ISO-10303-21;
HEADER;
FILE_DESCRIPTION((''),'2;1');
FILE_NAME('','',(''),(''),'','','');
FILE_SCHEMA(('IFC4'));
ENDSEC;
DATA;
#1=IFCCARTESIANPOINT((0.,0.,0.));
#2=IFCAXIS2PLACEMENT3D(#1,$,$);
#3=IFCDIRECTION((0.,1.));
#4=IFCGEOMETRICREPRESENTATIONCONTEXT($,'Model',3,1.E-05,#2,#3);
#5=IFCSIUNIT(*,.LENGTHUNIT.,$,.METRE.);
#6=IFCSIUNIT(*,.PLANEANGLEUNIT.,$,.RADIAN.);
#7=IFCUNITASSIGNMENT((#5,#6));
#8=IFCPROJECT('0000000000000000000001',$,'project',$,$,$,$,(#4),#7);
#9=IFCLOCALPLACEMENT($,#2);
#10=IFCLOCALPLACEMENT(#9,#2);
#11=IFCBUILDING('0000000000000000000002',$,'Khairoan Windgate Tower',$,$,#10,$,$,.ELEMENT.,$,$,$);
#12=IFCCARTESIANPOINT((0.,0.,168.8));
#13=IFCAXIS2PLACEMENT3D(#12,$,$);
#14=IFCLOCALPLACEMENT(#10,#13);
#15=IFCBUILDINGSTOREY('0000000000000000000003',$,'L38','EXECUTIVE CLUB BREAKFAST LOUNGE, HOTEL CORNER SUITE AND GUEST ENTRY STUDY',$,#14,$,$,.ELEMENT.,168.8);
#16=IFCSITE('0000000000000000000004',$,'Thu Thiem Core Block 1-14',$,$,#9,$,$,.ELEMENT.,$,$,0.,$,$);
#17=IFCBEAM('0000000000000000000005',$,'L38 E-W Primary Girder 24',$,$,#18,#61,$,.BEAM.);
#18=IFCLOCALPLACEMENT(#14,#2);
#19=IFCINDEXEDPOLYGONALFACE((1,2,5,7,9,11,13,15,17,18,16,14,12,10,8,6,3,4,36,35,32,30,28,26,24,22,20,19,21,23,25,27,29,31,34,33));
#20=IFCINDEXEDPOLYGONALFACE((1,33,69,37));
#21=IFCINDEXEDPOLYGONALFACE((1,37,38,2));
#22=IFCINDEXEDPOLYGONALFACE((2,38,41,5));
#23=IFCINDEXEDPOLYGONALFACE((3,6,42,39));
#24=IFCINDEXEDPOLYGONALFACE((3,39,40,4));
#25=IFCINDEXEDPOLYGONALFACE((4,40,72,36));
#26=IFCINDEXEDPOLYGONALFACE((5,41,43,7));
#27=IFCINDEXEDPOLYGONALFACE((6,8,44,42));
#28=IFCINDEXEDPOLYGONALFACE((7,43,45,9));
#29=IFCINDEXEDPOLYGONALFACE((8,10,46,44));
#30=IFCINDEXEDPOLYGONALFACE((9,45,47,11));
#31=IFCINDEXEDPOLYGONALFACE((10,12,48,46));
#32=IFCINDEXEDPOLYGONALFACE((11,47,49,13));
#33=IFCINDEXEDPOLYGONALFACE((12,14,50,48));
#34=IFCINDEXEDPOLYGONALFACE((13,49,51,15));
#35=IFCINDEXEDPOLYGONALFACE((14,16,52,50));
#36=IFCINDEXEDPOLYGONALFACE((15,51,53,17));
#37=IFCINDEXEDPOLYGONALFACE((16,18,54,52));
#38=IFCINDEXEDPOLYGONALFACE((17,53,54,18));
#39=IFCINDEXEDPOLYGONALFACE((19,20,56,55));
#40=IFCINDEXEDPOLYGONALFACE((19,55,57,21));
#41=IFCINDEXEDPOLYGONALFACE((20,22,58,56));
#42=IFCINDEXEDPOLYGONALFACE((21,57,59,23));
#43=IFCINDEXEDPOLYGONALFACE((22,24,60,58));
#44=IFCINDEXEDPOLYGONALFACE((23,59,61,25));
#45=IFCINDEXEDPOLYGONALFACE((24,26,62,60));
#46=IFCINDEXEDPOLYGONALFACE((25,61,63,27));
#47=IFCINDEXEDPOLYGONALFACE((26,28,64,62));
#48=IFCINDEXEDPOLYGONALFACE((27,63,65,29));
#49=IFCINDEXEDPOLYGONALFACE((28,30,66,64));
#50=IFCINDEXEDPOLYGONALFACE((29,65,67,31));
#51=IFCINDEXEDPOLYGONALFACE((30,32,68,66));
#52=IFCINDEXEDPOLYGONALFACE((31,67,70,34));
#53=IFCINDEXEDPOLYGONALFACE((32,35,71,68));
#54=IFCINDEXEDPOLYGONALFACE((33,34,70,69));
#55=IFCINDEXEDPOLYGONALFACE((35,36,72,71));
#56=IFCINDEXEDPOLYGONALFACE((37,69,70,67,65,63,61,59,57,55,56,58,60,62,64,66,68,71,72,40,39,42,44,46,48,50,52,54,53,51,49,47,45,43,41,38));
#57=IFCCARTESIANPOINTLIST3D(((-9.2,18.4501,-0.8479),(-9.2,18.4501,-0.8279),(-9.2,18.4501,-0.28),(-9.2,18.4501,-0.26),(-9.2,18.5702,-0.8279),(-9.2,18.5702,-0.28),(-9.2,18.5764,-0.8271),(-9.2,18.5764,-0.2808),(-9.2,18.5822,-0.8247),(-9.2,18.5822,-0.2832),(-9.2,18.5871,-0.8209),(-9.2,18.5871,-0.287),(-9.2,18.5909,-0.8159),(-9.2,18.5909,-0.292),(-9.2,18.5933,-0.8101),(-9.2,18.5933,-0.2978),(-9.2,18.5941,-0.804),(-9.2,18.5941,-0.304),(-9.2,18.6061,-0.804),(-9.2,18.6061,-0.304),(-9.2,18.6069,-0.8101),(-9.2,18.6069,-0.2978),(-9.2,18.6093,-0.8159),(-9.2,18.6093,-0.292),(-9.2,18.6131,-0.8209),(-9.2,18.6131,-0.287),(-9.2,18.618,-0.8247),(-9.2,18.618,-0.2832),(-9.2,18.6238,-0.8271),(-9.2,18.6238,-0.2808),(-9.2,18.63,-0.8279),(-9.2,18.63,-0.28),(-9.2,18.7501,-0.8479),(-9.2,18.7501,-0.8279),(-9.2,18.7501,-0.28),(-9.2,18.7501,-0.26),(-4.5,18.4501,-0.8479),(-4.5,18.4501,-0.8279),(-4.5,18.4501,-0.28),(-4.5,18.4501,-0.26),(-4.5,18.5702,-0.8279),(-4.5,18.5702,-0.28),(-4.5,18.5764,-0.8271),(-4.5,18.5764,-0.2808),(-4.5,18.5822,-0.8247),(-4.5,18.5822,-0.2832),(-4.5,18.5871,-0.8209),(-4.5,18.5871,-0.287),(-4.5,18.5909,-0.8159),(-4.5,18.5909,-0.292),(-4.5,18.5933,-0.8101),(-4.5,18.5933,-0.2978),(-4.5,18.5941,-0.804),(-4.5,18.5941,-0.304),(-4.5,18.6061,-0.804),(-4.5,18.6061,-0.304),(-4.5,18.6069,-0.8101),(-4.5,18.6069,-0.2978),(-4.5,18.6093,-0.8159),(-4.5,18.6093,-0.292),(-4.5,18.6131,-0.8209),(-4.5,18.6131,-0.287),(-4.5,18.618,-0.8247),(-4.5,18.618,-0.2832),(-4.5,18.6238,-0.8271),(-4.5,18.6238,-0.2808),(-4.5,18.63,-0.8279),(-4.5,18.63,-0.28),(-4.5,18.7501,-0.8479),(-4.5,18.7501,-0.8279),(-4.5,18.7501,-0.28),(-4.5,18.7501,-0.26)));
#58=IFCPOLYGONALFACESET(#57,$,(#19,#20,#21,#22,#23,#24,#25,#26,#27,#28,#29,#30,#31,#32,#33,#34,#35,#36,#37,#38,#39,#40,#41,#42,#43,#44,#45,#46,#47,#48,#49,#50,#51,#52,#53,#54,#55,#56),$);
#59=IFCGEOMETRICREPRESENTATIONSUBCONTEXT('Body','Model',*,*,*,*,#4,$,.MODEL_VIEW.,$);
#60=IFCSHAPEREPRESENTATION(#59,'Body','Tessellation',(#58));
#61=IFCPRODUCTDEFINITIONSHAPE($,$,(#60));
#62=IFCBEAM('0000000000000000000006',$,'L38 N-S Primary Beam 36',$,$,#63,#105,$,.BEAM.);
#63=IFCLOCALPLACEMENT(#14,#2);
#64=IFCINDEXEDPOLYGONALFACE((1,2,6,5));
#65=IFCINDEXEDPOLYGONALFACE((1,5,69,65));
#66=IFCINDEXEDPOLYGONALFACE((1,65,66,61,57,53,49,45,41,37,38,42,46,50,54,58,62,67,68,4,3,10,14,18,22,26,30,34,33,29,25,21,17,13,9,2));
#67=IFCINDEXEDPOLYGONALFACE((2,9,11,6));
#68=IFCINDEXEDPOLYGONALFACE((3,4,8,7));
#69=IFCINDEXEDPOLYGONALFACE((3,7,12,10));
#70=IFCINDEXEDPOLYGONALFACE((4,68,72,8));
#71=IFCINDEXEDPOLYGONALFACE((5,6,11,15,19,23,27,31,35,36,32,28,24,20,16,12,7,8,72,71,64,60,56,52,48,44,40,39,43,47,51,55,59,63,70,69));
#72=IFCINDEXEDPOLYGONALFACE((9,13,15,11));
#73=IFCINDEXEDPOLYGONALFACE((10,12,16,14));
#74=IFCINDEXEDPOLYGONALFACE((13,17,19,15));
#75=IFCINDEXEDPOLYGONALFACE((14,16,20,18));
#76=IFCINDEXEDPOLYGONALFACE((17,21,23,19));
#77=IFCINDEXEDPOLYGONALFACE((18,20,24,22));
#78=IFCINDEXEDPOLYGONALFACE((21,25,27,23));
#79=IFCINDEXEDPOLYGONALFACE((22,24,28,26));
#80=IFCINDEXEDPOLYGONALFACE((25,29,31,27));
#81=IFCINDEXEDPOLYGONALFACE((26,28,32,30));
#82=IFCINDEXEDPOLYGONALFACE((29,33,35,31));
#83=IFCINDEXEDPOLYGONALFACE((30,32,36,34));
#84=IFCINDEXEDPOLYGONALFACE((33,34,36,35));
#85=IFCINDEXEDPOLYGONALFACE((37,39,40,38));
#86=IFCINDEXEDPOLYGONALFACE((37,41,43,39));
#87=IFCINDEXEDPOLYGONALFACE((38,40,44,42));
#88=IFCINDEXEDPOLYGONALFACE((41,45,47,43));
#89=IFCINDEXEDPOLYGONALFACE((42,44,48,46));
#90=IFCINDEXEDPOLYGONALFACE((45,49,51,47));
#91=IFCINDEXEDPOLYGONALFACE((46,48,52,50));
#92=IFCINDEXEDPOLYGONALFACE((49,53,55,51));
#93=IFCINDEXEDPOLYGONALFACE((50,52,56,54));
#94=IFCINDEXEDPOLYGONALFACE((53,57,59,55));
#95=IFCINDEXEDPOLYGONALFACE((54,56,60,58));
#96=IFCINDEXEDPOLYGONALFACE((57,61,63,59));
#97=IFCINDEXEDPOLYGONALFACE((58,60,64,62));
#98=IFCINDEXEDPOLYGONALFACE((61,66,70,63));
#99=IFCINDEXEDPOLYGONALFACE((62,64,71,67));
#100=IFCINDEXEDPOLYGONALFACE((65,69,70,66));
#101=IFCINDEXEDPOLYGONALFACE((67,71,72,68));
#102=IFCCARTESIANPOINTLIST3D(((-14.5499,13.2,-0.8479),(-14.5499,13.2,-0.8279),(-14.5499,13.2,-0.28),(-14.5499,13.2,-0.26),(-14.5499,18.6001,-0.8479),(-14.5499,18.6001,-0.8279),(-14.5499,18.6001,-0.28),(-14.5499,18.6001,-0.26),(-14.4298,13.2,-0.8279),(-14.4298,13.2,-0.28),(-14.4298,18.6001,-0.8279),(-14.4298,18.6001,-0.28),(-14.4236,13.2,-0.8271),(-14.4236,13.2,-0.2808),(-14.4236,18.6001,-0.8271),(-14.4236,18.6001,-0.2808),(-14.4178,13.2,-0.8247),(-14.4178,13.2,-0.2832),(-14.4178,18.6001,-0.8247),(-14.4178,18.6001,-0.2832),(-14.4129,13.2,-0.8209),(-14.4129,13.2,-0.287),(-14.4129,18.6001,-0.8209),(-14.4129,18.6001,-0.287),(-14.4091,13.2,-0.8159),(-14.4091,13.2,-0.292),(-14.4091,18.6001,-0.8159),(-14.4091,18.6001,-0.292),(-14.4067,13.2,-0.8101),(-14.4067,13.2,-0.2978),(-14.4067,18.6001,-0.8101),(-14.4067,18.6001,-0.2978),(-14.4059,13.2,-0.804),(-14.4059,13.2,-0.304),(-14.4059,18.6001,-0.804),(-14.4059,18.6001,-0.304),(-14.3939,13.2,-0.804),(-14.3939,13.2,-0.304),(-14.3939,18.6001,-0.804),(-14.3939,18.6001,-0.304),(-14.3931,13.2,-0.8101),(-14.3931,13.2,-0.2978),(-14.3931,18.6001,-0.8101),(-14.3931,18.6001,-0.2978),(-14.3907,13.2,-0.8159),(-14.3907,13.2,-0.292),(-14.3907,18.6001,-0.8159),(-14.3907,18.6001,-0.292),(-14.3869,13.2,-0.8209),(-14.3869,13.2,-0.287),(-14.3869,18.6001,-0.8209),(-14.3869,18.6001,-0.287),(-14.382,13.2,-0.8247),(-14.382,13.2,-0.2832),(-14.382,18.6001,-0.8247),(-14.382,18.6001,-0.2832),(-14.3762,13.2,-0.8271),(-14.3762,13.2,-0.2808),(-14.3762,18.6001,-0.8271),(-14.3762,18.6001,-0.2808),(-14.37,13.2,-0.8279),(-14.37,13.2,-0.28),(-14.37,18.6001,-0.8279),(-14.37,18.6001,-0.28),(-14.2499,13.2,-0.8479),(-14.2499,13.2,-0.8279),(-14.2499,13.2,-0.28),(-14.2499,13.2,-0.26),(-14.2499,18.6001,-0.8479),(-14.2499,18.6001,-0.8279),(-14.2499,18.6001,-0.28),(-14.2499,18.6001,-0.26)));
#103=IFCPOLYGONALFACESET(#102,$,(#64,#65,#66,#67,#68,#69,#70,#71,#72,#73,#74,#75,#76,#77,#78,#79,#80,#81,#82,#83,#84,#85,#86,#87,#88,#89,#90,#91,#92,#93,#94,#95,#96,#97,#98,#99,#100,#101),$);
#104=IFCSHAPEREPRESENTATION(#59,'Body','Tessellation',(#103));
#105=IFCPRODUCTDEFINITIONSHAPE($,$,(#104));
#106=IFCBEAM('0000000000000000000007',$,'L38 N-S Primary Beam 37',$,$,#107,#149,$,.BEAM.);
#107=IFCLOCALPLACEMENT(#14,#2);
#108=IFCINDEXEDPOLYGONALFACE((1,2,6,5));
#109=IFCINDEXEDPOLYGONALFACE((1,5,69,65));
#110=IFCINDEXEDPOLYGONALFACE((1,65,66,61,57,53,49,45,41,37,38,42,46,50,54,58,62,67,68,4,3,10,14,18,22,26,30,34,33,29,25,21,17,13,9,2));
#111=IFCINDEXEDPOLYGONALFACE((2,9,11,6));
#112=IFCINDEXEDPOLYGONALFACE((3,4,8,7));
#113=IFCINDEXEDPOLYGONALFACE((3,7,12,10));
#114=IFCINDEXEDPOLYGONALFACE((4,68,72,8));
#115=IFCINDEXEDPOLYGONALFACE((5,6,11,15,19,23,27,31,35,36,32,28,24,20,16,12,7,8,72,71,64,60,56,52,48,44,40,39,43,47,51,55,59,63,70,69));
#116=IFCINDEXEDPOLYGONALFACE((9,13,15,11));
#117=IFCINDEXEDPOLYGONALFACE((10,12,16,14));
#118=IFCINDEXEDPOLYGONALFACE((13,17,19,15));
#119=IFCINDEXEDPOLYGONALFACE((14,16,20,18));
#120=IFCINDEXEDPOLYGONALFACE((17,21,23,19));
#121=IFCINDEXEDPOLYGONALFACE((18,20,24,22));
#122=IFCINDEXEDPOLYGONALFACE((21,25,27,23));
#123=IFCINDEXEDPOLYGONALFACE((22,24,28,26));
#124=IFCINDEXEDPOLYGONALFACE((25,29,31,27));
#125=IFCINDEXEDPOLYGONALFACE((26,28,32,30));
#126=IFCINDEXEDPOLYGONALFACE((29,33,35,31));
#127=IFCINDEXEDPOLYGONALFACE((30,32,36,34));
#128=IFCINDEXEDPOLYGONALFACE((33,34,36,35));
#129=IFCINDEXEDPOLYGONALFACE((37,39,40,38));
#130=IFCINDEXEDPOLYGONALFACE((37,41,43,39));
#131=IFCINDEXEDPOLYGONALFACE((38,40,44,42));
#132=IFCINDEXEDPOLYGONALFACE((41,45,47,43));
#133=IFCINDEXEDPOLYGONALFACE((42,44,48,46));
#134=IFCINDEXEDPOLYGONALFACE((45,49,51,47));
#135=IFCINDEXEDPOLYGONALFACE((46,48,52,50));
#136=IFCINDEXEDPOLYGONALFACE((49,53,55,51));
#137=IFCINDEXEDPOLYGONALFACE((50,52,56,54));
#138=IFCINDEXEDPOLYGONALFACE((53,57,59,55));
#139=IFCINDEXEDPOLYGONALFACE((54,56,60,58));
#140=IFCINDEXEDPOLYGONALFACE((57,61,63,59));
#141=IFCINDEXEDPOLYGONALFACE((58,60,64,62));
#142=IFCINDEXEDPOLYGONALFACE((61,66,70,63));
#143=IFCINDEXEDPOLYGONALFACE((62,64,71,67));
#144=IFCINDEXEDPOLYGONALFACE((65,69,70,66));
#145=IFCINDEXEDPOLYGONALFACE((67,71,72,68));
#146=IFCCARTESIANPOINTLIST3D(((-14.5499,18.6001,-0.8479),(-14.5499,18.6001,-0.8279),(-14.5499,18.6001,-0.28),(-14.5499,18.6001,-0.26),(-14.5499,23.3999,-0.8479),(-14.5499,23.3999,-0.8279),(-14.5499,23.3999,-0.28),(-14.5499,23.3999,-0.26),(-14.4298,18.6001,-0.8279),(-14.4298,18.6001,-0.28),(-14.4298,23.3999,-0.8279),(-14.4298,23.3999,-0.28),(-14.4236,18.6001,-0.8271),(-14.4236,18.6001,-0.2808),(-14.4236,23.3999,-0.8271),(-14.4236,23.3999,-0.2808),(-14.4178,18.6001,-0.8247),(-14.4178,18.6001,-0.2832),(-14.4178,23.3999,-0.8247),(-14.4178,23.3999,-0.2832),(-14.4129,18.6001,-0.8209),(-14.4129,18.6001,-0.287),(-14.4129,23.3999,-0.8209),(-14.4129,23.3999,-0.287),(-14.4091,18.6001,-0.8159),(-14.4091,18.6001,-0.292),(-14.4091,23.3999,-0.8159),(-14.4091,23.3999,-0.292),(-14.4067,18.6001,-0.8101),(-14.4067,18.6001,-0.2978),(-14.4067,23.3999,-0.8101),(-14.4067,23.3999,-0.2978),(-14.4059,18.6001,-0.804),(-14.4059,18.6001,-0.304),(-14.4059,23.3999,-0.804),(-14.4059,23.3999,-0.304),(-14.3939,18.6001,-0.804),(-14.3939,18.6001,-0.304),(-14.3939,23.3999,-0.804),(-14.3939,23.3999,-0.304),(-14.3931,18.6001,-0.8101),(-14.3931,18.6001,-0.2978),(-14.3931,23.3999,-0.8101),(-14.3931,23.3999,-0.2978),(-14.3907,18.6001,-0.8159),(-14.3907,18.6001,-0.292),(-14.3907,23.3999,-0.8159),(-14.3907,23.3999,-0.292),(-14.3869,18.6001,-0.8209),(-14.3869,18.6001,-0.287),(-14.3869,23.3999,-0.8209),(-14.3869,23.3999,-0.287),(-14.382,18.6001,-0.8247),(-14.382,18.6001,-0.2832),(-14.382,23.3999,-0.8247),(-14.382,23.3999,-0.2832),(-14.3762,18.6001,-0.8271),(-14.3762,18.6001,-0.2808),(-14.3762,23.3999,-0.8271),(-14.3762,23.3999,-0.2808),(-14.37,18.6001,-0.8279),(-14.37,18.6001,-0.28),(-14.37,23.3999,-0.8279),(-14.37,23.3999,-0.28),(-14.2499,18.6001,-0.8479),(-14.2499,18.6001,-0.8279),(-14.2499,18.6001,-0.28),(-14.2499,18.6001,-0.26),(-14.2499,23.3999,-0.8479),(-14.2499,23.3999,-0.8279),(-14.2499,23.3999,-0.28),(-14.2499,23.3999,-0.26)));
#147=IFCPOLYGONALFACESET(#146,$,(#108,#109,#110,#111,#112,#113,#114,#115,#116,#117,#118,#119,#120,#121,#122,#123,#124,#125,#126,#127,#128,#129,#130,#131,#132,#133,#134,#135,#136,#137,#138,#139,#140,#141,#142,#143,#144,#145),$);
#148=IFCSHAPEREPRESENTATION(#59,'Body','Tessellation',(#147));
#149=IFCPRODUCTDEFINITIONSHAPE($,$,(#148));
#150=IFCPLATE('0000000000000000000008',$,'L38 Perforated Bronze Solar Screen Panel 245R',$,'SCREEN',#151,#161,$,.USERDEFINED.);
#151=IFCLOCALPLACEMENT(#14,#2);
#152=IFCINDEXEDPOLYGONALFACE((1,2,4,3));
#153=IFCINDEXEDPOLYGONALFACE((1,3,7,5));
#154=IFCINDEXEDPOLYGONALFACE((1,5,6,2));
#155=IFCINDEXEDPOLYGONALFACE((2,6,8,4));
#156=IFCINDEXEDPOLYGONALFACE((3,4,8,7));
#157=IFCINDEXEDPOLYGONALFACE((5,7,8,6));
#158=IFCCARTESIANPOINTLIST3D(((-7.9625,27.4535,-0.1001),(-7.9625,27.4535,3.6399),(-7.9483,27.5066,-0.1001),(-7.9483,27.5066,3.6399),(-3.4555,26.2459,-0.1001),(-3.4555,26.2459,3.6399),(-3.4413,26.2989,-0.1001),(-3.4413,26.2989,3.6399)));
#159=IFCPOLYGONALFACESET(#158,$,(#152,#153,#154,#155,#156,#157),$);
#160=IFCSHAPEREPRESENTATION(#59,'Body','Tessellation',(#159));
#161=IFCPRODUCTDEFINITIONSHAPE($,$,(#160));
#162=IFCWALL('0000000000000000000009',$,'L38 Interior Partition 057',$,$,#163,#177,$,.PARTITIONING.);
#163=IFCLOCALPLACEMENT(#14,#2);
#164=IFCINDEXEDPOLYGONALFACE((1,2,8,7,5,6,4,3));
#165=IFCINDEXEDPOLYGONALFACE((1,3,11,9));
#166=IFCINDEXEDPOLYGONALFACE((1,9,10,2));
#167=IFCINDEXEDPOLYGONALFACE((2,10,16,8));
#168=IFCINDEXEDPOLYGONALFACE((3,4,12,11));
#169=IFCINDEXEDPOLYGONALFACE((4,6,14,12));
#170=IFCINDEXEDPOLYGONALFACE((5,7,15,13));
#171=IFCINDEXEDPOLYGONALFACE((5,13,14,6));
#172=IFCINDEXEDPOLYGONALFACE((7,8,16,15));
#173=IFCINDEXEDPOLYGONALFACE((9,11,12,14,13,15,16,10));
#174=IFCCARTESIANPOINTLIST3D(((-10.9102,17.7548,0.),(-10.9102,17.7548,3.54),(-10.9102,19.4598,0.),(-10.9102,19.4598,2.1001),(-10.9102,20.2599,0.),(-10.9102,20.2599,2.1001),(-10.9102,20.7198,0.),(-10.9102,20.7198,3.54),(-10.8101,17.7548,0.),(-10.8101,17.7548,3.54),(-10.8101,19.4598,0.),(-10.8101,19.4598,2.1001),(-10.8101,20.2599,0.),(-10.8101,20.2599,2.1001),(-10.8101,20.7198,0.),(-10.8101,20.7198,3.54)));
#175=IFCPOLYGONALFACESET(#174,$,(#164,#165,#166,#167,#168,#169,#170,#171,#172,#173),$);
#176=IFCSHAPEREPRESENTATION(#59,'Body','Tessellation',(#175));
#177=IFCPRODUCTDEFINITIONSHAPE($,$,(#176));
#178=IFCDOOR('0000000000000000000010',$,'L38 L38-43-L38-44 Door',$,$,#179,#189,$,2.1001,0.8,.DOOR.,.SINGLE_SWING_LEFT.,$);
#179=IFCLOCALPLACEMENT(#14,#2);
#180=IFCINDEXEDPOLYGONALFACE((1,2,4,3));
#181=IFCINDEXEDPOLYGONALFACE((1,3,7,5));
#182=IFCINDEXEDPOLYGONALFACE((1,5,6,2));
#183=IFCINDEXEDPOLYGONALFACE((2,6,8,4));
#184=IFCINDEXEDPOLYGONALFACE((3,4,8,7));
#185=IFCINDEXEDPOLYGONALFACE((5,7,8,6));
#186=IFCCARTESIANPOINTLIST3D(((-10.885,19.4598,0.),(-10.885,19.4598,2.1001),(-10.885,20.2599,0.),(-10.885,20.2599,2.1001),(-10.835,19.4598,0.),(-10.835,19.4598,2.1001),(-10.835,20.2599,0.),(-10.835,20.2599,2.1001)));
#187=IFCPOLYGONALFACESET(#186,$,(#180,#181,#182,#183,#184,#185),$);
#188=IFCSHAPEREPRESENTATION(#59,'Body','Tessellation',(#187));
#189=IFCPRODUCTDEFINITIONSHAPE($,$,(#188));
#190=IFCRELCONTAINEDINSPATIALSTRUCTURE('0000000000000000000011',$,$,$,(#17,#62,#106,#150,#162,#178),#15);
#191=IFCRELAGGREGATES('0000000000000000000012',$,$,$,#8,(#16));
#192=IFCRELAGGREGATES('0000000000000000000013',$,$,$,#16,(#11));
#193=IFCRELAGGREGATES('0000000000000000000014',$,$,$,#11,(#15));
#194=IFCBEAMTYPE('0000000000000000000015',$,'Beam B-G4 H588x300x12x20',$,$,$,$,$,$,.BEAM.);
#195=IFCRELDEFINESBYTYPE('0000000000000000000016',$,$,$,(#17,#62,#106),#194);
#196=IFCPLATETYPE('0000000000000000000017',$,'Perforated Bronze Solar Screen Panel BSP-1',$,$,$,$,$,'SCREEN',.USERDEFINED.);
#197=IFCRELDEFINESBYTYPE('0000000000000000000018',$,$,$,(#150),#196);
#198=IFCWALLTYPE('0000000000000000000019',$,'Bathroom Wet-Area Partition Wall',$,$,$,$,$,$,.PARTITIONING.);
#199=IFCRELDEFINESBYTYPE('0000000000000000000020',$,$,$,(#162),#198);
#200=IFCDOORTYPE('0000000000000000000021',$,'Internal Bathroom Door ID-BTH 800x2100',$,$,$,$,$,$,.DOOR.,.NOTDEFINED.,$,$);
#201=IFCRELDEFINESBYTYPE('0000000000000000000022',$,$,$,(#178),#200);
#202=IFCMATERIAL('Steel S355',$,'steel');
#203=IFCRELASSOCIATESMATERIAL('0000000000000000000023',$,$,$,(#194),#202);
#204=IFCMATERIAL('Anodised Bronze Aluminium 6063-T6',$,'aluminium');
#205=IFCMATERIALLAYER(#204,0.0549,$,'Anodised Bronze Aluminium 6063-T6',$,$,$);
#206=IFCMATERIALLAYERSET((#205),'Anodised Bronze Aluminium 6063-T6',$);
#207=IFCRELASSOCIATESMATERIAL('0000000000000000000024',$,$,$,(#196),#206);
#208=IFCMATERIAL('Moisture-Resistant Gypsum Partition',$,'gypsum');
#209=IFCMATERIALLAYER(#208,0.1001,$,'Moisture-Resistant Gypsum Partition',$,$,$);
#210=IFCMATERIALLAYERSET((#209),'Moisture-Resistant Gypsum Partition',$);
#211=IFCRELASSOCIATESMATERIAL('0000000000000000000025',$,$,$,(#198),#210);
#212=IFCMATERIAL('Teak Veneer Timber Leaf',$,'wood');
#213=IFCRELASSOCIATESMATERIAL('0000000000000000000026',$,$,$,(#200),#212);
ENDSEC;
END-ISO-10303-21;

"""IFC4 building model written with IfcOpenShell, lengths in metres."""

from ifc_helpers import new_model, si_unit, direction, frame, frame_2d, origin, origin_2d, place, context, subcontext, project, spatial, rectangle, i_section, extrude, material, layer, layer_set, material_profile, profile_set, type_object, element, fill, save


model = new_model("IFC4")

# Units and contexts
model_context = context("Model", 3, precision=1e-05, world=origin(), true_north=direction((0.0, 1.0)))
body_context = subcontext(model_context, "Body", "Model", "MODEL_VIEW")
ifc_project = project(units=[si_unit("LENGTHUNIT", "METRE"), si_unit("PLANEANGLEUNIT", "RADIAN")], contexts=[model_context])

# Site, building, storey
site_placement = place(None, origin())
site = spatial("IfcSite", under=ifc_project, at=site_placement, Name="Thu Thiem Core Block 1-14", CompositionType="ELEMENT", RefElevation=0.0)
building_placement = place(site_placement, origin())
building = spatial("IfcBuilding", under=site, at=building_placement, Name="Khairoan Windgate Tower", CompositionType="ELEMENT")
storey_placement = place(building_placement, frame((0.0, 0.0, 168.8)))
storey = spatial("IfcBuildingStorey", under=building, at=storey_placement, Name="L38", Description="EXECUTIVE CLUB BREAKFAST LOUNGE, HOTEL CORNER SUITE AND GUEST ENTRY STUDY", CompositionType="ELEMENT", Elevation=168.8)

# Beams
ifc_material_1 = material(Name="Steel S355", Category="steel")
ifc_material_profile_1 = material_profile(ifc_material_1, i_section(OverallWidth=0.3, OverallDepth=0.5879, WebThickness=0.012, FlangeThickness=0.02, FilletRadius=0.0239, at=origin_2d()))
ifc_profile_set_1 = profile_set([ifc_material_profile_1], Name="Steel S355")
beam_type = type_object("IfcBeamType", Name="Beam B-G4 H588x300x12x20", PredefinedType="BEAM", material=ifc_profile_set_1)
beam_1_placement = place(storey_placement, frame((-9.2, 18.6001, -0.554), z_axis=(1.0, 0.0, 0.0), x_axis=(0.0, 1.0, 0.0)))
element("IfcBeam", 1, at=beam_1_placement, inside=storey, type_object=beam_type, Name="L38 E-W Primary Girder 24", PredefinedType="BEAM", context=body_context, shape_type="SweptSolid", body=[
    extrude(i_section(OverallWidth=0.3, OverallDepth=0.5879, WebThickness=0.012, FlangeThickness=0.02, FilletRadius=0.0239, at=origin_2d()), origin(), (0.0, 0.0, 1.0), 4.7),
])
beam_2_placement = place(storey_placement, frame((-14.3999, 13.2, -0.554), z_axis=(0.0, 1.0, 0.0), x_axis=(-1.0, 0.0, 0.0)))
element("IfcBeam", 2, at=beam_2_placement, inside=storey, type_object=beam_type, Name="L38 N-S Primary Beam 36", PredefinedType="BEAM", context=body_context, shape_type="SweptSolid", body=[
    extrude(i_section(OverallWidth=0.3, OverallDepth=0.5879, WebThickness=0.012, FlangeThickness=0.02, FilletRadius=0.0239, at=origin_2d()), origin(), (0.0, 0.0, 1.0), 5.4001),
])
beam_3_placement = place(storey_placement, frame((-14.3999, 18.6001, -0.554), z_axis=(0.0, 1.0, 0.0), x_axis=(-1.0, 0.0, 0.0)))
element("IfcBeam", 3, at=beam_3_placement, inside=storey, type_object=beam_type, Name="L38 N-S Primary Beam 37", PredefinedType="BEAM", context=body_context, shape_type="SweptSolid", body=[
    extrude(i_section(OverallWidth=0.3, OverallDepth=0.5879, WebThickness=0.012, FlangeThickness=0.02, FilletRadius=0.0239, at=origin_2d()), origin(), (0.0, 0.0, 1.0), 4.7998),
])

# Plate
ifc_material_2 = material(Name="Anodised Bronze Aluminium 6063-T6", Category="aluminium")
ifc_layer_1 = layer(ifc_material_2, 0.0549, Name="Anodised Bronze Aluminium 6063-T6")
ifc_layer_set_1 = layer_set([ifc_layer_1], Name="Anodised Bronze Aluminium 6063-T6")
plate_type = type_object("IfcPlateType", Name="Perforated Bronze Solar Screen Panel BSP-1", ElementType="SCREEN", PredefinedType="USERDEFINED", material=ifc_layer_set_1)
plate_placement = place(storey_placement, frame((-5.7019, 26.8762, -0.1001), z_axis=(0.0, 0.0, 1.0), x_axis=(0.965926, -0.258819, 0.0)))
element("IfcPlate", 4, at=plate_placement, inside=storey, type_object=plate_type, Name="L38 Perforated Bronze Solar Screen Panel 245R", ObjectType="SCREEN", PredefinedType="USERDEFINED", context=body_context, shape_type="SweptSolid", body=[
    extrude(rectangle(XDim=4.666, YDim=0.0549, at=origin_2d()), origin(), (0.0, 0.0, 1.0), 3.74),
])

# Wall, opening, door
ifc_material_3 = material(Name="Moisture-Resistant Gypsum Partition", Category="gypsum")
ifc_layer_2 = layer(ifc_material_3, 0.1001, Name="Moisture-Resistant Gypsum Partition")
ifc_layer_set_2 = layer_set([ifc_layer_2], Name="Moisture-Resistant Gypsum Partition")
wall_type_1 = type_object("IfcWallType", Name="Bathroom Wet-Area Partition Wall", PredefinedType="PARTITIONING", material=ifc_layer_set_2)
wall_1_placement = place(storey_placement, frame((-10.8601, 17.7549, 0.0), z_axis=(0.0, 0.0, 1.0), x_axis=(0.0, 1.0, 0.0)))
wall_1 = element("IfcWall", 5, at=wall_1_placement, inside=storey, type_object=wall_type_1, Name="L38 Interior Partition 057", PredefinedType="PARTITIONING", context=body_context, shape_type="SweptSolid", body=[
    extrude(rectangle(XDim=2.9651, YDim=0.1001, at=frame_2d((1.4824, 0.0))), origin(), (0.0, 0.0, 1.0), 3.54),
])
opening_1_placement = place(wall_1_placement, frame((1.7051, 0.0, 0.0)))
opening_1 = element("IfcOpeningElement", 6, at=opening_1_placement, cuts=wall_1, PredefinedType="OPENING", context=body_context, shape_type="SweptSolid", body=[
    extrude(rectangle(XDim=0.8, YDim=2.1001, at=frame_2d((0.3999, 1.05))), frame((0.0, 0.0601, 0.0), z_axis=(0.0, -1.0, 0.0), x_axis=(1.0, 0.0, 0.0)), (0.0, 0.0, 1.0), 0.1201),
])
ifc_material_4 = material(Name="Teak Veneer Timber Leaf", Category="wood")
door_type_1 = type_object("IfcDoorType", Name="Internal Bathroom Door ID-BTH 800x2100", OperationType="NOTDEFINED", PredefinedType="DOOR", material=ifc_material_4)
door_1_placement = place(opening_1_placement, origin())
door_1 = element("IfcDoor", 7, at=door_1_placement, inside=storey, type_object=door_type_1, Name="L38 L38-43-L38-44 Door", OperationType="SINGLE_SWING_LEFT", OverallHeight=2.1001, OverallWidth=0.8, PredefinedType="DOOR", context=body_context, shape_type="SweptSolid", body=[
    extrude(rectangle(XDim=0.8, YDim=2.1001, at=frame_2d((0.3999, 1.05))), frame((0.0, 0.0249, 0.0), z_axis=(0.0, -1.0, 0.0), x_axis=(1.0, 0.0, 0.0)), (0.0, 0.0, 1.0), 0.05),
])
fill(opening_1, door_1)

save(model, "model.ifc")
